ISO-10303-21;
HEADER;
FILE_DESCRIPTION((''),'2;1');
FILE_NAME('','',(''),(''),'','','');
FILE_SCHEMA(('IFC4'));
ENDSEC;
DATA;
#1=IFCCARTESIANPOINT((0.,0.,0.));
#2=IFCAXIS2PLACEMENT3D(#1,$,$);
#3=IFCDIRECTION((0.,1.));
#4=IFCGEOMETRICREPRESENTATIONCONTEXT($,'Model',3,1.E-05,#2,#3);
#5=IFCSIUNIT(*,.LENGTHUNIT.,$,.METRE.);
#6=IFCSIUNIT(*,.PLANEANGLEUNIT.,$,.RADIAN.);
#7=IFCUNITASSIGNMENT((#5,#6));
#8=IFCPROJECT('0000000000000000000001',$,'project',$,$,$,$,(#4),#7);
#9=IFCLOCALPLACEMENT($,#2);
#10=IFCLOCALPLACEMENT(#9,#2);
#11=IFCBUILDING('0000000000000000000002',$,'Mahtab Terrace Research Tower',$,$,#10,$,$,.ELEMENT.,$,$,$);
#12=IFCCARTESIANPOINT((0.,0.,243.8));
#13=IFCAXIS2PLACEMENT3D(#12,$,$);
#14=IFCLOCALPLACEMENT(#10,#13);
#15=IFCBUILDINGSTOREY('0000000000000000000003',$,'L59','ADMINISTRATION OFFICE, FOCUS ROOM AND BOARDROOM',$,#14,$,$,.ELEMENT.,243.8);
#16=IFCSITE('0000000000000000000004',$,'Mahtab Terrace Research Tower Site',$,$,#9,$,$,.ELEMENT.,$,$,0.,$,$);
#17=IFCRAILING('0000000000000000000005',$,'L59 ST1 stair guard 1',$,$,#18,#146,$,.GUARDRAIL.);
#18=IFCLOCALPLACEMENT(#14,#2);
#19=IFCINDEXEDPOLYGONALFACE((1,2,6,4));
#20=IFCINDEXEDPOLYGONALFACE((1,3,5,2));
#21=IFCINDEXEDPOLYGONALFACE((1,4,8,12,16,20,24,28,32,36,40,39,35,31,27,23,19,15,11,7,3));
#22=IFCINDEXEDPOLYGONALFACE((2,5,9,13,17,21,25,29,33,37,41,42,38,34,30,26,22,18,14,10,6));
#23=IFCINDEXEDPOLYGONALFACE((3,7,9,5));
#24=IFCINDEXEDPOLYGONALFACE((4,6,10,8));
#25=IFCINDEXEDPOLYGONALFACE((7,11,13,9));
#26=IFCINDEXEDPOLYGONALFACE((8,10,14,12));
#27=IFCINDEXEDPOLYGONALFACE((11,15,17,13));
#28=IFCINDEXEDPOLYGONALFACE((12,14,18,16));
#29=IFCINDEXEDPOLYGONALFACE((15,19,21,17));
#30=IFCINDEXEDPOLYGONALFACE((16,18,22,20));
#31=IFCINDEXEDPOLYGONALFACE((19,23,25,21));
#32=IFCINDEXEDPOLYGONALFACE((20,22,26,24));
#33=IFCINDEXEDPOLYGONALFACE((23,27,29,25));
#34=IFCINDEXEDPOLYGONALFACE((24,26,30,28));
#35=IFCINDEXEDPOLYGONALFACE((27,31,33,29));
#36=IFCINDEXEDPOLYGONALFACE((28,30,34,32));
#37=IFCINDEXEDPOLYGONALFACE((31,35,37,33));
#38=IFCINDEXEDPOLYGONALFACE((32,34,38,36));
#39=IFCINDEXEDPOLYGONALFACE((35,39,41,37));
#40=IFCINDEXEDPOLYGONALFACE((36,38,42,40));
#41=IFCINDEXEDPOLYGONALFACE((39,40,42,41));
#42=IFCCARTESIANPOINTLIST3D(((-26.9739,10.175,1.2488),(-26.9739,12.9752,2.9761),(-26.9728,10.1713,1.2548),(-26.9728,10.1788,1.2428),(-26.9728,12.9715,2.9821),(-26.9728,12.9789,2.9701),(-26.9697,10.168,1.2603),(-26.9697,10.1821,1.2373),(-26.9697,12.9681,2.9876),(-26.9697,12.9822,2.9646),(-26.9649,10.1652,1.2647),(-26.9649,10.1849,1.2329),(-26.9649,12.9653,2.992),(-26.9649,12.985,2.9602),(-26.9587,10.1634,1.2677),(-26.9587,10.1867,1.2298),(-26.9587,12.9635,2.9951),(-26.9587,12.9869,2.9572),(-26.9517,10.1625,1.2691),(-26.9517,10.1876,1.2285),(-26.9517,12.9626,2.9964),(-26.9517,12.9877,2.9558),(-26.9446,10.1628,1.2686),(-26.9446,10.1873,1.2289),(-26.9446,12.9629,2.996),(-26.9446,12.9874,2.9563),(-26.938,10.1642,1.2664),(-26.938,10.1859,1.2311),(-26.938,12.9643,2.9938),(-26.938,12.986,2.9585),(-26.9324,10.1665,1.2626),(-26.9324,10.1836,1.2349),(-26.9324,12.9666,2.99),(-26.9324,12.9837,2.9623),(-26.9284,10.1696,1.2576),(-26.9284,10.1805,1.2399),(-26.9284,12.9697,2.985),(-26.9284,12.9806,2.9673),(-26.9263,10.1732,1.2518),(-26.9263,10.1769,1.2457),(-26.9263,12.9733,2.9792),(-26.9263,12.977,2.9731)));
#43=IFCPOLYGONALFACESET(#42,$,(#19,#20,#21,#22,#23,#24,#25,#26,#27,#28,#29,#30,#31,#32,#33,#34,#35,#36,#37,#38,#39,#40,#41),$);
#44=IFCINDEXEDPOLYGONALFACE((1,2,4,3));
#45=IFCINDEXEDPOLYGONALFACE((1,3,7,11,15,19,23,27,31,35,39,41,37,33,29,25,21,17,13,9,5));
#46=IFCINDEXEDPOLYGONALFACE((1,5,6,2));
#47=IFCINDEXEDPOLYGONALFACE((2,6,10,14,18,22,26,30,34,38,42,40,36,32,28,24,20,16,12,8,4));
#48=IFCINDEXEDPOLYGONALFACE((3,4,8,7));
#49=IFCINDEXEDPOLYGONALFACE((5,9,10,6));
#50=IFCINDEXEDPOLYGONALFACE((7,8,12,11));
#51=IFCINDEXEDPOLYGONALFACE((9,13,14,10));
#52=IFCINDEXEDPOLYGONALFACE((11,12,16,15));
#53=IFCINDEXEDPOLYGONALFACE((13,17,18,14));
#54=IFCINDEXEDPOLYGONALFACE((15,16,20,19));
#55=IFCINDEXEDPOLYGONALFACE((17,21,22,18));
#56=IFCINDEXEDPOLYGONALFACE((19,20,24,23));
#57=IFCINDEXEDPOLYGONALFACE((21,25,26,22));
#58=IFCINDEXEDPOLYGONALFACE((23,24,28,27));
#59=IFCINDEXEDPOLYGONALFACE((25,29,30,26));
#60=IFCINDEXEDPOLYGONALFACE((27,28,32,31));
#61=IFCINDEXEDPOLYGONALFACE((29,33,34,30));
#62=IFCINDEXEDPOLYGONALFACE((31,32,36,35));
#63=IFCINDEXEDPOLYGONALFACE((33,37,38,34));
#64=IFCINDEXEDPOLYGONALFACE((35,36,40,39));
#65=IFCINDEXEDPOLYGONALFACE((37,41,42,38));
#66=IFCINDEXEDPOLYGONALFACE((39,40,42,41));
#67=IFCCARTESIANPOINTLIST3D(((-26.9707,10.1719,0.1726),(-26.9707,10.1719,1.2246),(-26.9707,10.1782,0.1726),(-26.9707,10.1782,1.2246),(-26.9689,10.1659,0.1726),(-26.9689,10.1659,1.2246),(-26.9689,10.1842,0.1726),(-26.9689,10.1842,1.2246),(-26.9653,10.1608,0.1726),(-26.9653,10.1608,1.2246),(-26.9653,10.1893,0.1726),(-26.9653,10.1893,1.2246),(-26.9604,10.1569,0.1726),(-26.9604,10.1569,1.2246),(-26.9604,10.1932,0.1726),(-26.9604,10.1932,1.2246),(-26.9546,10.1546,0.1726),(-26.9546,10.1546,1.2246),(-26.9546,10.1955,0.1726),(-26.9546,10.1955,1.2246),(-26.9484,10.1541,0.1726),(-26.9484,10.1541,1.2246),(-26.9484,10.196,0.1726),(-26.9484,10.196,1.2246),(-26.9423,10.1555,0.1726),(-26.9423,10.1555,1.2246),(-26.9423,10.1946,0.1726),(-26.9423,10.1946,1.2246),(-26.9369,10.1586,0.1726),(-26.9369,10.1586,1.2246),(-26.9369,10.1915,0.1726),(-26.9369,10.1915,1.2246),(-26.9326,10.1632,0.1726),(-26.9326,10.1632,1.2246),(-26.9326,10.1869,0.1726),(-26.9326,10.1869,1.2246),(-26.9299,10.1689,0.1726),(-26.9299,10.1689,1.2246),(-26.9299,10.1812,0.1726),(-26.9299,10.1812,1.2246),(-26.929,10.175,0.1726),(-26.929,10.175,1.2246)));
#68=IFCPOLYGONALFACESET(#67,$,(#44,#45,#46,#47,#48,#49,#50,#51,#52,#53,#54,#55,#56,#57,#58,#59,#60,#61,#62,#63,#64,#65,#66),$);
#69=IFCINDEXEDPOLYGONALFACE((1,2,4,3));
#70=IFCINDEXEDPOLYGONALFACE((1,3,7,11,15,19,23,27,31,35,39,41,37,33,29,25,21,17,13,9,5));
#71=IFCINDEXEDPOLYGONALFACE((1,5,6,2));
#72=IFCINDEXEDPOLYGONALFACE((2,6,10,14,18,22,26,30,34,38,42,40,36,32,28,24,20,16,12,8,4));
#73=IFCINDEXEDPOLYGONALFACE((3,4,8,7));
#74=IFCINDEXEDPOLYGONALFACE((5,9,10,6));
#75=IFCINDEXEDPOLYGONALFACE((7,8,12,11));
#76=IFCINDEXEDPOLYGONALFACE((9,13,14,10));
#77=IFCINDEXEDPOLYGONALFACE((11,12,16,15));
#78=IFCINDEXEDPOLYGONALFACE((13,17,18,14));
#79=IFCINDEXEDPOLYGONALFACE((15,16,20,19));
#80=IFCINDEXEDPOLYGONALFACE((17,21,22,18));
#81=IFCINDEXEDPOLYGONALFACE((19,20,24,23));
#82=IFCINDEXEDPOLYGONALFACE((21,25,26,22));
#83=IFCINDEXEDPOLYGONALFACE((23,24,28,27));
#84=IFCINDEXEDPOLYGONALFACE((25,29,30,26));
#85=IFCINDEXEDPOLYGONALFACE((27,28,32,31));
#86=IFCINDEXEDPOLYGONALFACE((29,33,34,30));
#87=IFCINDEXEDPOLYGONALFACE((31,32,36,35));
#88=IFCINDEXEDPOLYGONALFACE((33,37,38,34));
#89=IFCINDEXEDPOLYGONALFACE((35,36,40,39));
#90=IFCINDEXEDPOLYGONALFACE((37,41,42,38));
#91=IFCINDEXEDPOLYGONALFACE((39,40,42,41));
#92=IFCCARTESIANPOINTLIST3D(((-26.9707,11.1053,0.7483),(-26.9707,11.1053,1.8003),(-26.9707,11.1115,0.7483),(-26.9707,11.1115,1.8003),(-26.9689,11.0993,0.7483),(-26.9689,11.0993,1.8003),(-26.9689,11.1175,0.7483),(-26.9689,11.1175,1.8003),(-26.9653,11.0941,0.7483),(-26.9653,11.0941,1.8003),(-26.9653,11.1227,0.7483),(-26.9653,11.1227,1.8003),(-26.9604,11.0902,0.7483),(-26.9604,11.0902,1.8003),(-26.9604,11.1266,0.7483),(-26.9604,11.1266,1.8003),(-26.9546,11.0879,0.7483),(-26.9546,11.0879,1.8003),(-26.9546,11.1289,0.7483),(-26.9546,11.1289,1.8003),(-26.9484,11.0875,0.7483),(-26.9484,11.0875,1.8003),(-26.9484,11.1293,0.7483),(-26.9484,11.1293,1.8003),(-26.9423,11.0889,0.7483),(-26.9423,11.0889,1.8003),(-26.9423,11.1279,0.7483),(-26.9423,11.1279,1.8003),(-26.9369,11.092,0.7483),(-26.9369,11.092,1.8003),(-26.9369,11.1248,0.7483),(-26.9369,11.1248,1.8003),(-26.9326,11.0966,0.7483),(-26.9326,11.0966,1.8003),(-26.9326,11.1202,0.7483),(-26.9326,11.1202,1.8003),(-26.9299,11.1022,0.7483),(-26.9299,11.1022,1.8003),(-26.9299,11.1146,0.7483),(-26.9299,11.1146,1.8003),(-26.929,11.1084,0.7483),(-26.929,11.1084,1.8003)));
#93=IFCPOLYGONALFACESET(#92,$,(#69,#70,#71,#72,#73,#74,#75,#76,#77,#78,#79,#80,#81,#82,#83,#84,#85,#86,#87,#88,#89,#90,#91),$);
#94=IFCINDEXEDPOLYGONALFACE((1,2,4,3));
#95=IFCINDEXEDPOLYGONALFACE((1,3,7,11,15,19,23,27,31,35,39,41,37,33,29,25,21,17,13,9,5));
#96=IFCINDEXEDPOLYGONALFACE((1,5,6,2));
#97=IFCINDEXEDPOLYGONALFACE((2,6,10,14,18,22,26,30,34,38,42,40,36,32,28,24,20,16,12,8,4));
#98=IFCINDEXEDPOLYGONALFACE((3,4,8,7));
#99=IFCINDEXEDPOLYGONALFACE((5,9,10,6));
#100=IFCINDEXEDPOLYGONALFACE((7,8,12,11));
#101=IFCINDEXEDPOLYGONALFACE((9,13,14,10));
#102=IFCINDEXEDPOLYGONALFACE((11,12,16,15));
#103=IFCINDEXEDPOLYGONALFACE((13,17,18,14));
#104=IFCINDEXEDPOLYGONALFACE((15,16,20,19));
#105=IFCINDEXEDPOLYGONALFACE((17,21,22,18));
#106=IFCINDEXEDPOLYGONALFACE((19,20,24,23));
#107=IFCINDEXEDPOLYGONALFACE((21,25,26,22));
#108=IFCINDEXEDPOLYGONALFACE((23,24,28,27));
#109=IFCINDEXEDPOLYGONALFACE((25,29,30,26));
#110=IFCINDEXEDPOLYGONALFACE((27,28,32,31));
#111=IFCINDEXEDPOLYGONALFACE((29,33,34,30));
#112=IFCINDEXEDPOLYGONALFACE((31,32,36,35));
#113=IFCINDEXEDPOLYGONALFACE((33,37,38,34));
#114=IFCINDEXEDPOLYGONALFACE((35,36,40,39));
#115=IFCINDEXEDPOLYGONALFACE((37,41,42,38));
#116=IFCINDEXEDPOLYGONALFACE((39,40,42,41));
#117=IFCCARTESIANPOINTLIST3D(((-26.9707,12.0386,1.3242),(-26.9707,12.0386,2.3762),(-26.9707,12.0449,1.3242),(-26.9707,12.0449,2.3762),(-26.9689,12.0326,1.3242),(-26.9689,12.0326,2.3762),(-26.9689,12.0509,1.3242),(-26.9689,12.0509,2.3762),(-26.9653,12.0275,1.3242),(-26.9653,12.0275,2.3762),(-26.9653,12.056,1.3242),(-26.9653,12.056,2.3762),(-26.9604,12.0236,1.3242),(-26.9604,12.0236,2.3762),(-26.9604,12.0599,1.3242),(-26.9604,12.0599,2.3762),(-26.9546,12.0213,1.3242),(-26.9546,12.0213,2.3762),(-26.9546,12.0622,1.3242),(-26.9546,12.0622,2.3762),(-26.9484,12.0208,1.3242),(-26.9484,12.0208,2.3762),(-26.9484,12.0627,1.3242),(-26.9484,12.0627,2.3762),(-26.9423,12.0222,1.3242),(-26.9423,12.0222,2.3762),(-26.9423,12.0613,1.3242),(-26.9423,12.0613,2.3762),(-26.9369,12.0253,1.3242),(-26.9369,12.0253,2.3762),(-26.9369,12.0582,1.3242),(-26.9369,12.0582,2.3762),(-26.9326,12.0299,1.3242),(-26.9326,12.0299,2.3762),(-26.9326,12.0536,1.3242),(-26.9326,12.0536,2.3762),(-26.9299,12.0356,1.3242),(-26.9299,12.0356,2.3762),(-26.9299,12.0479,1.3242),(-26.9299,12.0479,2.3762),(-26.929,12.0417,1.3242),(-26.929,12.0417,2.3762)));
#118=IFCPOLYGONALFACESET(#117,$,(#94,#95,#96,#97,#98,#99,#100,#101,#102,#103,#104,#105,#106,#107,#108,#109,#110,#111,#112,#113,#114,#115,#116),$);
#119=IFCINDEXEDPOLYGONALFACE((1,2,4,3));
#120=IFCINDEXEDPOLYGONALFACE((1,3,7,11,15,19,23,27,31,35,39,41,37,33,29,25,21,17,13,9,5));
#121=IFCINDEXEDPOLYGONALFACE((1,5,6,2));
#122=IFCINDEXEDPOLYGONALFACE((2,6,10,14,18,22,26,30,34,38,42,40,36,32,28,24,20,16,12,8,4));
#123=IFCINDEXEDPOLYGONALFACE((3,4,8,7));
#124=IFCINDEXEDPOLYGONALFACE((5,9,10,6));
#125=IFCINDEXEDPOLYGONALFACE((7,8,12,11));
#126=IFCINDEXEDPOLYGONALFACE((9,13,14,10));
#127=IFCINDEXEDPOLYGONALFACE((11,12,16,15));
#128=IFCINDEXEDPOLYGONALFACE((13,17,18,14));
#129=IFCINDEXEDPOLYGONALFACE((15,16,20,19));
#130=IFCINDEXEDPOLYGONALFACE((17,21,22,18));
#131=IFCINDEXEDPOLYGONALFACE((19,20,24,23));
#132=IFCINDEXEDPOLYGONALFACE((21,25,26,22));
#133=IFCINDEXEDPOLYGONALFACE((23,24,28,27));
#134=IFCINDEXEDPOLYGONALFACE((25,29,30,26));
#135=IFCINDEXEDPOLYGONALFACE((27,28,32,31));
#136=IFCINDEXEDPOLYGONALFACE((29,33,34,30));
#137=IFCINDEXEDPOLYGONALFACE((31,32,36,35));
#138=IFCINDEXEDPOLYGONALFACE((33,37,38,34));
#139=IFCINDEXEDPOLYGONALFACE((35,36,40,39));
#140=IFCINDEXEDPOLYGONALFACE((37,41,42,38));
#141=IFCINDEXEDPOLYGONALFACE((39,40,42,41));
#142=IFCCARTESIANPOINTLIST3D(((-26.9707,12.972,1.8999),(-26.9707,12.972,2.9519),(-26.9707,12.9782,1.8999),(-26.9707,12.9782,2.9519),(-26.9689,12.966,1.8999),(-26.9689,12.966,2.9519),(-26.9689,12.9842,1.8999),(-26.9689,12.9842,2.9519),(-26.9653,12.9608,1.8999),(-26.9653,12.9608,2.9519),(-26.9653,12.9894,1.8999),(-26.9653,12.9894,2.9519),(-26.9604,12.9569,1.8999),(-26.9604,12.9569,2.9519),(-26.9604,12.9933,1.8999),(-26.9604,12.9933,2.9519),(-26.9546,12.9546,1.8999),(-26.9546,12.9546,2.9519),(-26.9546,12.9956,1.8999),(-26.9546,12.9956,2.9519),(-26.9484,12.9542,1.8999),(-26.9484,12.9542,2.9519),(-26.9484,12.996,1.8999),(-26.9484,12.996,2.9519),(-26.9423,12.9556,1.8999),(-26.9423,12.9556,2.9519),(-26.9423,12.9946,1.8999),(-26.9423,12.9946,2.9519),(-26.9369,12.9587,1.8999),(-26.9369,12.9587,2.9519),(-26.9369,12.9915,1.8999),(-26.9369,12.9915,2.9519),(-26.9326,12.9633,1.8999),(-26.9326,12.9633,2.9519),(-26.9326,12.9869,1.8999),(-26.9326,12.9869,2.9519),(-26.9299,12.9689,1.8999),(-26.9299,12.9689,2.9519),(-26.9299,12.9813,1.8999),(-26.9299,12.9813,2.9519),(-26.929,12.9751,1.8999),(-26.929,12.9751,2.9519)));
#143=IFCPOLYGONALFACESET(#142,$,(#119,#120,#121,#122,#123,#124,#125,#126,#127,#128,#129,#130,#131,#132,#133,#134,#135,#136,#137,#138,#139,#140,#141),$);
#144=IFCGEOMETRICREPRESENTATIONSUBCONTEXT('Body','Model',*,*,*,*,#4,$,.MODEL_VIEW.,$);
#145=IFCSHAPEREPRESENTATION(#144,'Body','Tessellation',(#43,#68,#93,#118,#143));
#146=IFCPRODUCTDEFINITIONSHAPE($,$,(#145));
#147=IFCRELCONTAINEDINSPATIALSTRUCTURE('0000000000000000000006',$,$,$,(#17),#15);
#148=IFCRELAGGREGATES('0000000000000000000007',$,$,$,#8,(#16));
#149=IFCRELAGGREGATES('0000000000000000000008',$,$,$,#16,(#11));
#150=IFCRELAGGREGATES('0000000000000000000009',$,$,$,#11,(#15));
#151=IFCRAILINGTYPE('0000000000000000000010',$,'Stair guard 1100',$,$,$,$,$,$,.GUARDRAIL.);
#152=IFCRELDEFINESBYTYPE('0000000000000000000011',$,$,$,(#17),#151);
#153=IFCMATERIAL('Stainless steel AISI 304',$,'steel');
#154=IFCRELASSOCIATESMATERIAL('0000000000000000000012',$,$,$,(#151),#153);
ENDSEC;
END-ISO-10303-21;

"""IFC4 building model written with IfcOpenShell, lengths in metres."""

from ifc_helpers import new_model, si_unit, direction, frame, origin, origin_2d, place, context, subcontext, project, spatial, circle, extrude, material, type_object, element, save


model = new_model("IFC4")

# Units and contexts
model_context = context("Model", 3, precision=1e-05, world=origin(), true_north=direction((0.0, 1.0)))
body_context = subcontext(model_context, "Body", "Model", "MODEL_VIEW")
ifc_project = project(units=[si_unit("LENGTHUNIT", "METRE"), si_unit("PLANEANGLEUNIT", "RADIAN")], contexts=[model_context])

# Site, building, storey
site_placement = place(None, origin())
site = spatial("IfcSite", under=ifc_project, at=site_placement, Name="Mahtab Terrace Research Tower Site", CompositionType="ELEMENT", RefElevation=0.0)
building_placement = place(site_placement, origin())
building = spatial("IfcBuilding", under=site, at=building_placement, Name="Mahtab Terrace Research Tower", CompositionType="ELEMENT")
storey_placement = place(building_placement, frame((0.0, 0.0, 243.8)))
storey = spatial("IfcBuildingStorey", under=building, at=storey_placement, Name="L59", Description="ADMINISTRATION OFFICE, FOCUS ROOM AND BOARDROOM", CompositionType="ELEMENT", Elevation=243.8)

# Railing
ifc_material_1 = material(Name="Stainless steel AISI 304", Category="steel")
railing_type_1 = type_object("IfcRailingType", Name="Stair guard 1100", PredefinedType="GUARDRAIL", material=ifc_material_1)
railing_1_placement = place(storey_placement, frame((-26.95, 10.175, 0.1726)))
element("IfcRailing", 1, at=railing_1_placement, inside=storey, type_object=railing_type_1, Name="L59 ST1 stair guard 1", PredefinedType="GUARDRAIL", context=body_context, shape_type="SweptSolid", body=[
    extrude(circle(Radius=0.0239, at=origin_2d()), frame((0.0, 0.0, 1.0762), z_axis=(0.0, 0.85109, 0.52502), x_axis=(-1.0, 0.0, 0.0)), (0.0, 0.0, 1.0), 3.29),
    extrude(circle(Radius=0.021, at=origin_2d()), origin(), (0.0, 0.0, 1.0), 1.052),
    extrude(circle(Radius=0.021, at=origin_2d()), frame((0.0, 0.9333, 0.5757)), (0.0, 0.0, 1.0), 1.052),
    extrude(circle(Radius=0.021, at=origin_2d()), frame((0.0, 1.8667, 1.1516)), (0.0, 0.0, 1.0), 1.052),
    extrude(circle(Radius=0.021, at=origin_2d()), frame((0.0, 2.8, 1.7273)), (0.0, 0.0, 1.0), 1.052),
])

save(model, "model.ifc")
